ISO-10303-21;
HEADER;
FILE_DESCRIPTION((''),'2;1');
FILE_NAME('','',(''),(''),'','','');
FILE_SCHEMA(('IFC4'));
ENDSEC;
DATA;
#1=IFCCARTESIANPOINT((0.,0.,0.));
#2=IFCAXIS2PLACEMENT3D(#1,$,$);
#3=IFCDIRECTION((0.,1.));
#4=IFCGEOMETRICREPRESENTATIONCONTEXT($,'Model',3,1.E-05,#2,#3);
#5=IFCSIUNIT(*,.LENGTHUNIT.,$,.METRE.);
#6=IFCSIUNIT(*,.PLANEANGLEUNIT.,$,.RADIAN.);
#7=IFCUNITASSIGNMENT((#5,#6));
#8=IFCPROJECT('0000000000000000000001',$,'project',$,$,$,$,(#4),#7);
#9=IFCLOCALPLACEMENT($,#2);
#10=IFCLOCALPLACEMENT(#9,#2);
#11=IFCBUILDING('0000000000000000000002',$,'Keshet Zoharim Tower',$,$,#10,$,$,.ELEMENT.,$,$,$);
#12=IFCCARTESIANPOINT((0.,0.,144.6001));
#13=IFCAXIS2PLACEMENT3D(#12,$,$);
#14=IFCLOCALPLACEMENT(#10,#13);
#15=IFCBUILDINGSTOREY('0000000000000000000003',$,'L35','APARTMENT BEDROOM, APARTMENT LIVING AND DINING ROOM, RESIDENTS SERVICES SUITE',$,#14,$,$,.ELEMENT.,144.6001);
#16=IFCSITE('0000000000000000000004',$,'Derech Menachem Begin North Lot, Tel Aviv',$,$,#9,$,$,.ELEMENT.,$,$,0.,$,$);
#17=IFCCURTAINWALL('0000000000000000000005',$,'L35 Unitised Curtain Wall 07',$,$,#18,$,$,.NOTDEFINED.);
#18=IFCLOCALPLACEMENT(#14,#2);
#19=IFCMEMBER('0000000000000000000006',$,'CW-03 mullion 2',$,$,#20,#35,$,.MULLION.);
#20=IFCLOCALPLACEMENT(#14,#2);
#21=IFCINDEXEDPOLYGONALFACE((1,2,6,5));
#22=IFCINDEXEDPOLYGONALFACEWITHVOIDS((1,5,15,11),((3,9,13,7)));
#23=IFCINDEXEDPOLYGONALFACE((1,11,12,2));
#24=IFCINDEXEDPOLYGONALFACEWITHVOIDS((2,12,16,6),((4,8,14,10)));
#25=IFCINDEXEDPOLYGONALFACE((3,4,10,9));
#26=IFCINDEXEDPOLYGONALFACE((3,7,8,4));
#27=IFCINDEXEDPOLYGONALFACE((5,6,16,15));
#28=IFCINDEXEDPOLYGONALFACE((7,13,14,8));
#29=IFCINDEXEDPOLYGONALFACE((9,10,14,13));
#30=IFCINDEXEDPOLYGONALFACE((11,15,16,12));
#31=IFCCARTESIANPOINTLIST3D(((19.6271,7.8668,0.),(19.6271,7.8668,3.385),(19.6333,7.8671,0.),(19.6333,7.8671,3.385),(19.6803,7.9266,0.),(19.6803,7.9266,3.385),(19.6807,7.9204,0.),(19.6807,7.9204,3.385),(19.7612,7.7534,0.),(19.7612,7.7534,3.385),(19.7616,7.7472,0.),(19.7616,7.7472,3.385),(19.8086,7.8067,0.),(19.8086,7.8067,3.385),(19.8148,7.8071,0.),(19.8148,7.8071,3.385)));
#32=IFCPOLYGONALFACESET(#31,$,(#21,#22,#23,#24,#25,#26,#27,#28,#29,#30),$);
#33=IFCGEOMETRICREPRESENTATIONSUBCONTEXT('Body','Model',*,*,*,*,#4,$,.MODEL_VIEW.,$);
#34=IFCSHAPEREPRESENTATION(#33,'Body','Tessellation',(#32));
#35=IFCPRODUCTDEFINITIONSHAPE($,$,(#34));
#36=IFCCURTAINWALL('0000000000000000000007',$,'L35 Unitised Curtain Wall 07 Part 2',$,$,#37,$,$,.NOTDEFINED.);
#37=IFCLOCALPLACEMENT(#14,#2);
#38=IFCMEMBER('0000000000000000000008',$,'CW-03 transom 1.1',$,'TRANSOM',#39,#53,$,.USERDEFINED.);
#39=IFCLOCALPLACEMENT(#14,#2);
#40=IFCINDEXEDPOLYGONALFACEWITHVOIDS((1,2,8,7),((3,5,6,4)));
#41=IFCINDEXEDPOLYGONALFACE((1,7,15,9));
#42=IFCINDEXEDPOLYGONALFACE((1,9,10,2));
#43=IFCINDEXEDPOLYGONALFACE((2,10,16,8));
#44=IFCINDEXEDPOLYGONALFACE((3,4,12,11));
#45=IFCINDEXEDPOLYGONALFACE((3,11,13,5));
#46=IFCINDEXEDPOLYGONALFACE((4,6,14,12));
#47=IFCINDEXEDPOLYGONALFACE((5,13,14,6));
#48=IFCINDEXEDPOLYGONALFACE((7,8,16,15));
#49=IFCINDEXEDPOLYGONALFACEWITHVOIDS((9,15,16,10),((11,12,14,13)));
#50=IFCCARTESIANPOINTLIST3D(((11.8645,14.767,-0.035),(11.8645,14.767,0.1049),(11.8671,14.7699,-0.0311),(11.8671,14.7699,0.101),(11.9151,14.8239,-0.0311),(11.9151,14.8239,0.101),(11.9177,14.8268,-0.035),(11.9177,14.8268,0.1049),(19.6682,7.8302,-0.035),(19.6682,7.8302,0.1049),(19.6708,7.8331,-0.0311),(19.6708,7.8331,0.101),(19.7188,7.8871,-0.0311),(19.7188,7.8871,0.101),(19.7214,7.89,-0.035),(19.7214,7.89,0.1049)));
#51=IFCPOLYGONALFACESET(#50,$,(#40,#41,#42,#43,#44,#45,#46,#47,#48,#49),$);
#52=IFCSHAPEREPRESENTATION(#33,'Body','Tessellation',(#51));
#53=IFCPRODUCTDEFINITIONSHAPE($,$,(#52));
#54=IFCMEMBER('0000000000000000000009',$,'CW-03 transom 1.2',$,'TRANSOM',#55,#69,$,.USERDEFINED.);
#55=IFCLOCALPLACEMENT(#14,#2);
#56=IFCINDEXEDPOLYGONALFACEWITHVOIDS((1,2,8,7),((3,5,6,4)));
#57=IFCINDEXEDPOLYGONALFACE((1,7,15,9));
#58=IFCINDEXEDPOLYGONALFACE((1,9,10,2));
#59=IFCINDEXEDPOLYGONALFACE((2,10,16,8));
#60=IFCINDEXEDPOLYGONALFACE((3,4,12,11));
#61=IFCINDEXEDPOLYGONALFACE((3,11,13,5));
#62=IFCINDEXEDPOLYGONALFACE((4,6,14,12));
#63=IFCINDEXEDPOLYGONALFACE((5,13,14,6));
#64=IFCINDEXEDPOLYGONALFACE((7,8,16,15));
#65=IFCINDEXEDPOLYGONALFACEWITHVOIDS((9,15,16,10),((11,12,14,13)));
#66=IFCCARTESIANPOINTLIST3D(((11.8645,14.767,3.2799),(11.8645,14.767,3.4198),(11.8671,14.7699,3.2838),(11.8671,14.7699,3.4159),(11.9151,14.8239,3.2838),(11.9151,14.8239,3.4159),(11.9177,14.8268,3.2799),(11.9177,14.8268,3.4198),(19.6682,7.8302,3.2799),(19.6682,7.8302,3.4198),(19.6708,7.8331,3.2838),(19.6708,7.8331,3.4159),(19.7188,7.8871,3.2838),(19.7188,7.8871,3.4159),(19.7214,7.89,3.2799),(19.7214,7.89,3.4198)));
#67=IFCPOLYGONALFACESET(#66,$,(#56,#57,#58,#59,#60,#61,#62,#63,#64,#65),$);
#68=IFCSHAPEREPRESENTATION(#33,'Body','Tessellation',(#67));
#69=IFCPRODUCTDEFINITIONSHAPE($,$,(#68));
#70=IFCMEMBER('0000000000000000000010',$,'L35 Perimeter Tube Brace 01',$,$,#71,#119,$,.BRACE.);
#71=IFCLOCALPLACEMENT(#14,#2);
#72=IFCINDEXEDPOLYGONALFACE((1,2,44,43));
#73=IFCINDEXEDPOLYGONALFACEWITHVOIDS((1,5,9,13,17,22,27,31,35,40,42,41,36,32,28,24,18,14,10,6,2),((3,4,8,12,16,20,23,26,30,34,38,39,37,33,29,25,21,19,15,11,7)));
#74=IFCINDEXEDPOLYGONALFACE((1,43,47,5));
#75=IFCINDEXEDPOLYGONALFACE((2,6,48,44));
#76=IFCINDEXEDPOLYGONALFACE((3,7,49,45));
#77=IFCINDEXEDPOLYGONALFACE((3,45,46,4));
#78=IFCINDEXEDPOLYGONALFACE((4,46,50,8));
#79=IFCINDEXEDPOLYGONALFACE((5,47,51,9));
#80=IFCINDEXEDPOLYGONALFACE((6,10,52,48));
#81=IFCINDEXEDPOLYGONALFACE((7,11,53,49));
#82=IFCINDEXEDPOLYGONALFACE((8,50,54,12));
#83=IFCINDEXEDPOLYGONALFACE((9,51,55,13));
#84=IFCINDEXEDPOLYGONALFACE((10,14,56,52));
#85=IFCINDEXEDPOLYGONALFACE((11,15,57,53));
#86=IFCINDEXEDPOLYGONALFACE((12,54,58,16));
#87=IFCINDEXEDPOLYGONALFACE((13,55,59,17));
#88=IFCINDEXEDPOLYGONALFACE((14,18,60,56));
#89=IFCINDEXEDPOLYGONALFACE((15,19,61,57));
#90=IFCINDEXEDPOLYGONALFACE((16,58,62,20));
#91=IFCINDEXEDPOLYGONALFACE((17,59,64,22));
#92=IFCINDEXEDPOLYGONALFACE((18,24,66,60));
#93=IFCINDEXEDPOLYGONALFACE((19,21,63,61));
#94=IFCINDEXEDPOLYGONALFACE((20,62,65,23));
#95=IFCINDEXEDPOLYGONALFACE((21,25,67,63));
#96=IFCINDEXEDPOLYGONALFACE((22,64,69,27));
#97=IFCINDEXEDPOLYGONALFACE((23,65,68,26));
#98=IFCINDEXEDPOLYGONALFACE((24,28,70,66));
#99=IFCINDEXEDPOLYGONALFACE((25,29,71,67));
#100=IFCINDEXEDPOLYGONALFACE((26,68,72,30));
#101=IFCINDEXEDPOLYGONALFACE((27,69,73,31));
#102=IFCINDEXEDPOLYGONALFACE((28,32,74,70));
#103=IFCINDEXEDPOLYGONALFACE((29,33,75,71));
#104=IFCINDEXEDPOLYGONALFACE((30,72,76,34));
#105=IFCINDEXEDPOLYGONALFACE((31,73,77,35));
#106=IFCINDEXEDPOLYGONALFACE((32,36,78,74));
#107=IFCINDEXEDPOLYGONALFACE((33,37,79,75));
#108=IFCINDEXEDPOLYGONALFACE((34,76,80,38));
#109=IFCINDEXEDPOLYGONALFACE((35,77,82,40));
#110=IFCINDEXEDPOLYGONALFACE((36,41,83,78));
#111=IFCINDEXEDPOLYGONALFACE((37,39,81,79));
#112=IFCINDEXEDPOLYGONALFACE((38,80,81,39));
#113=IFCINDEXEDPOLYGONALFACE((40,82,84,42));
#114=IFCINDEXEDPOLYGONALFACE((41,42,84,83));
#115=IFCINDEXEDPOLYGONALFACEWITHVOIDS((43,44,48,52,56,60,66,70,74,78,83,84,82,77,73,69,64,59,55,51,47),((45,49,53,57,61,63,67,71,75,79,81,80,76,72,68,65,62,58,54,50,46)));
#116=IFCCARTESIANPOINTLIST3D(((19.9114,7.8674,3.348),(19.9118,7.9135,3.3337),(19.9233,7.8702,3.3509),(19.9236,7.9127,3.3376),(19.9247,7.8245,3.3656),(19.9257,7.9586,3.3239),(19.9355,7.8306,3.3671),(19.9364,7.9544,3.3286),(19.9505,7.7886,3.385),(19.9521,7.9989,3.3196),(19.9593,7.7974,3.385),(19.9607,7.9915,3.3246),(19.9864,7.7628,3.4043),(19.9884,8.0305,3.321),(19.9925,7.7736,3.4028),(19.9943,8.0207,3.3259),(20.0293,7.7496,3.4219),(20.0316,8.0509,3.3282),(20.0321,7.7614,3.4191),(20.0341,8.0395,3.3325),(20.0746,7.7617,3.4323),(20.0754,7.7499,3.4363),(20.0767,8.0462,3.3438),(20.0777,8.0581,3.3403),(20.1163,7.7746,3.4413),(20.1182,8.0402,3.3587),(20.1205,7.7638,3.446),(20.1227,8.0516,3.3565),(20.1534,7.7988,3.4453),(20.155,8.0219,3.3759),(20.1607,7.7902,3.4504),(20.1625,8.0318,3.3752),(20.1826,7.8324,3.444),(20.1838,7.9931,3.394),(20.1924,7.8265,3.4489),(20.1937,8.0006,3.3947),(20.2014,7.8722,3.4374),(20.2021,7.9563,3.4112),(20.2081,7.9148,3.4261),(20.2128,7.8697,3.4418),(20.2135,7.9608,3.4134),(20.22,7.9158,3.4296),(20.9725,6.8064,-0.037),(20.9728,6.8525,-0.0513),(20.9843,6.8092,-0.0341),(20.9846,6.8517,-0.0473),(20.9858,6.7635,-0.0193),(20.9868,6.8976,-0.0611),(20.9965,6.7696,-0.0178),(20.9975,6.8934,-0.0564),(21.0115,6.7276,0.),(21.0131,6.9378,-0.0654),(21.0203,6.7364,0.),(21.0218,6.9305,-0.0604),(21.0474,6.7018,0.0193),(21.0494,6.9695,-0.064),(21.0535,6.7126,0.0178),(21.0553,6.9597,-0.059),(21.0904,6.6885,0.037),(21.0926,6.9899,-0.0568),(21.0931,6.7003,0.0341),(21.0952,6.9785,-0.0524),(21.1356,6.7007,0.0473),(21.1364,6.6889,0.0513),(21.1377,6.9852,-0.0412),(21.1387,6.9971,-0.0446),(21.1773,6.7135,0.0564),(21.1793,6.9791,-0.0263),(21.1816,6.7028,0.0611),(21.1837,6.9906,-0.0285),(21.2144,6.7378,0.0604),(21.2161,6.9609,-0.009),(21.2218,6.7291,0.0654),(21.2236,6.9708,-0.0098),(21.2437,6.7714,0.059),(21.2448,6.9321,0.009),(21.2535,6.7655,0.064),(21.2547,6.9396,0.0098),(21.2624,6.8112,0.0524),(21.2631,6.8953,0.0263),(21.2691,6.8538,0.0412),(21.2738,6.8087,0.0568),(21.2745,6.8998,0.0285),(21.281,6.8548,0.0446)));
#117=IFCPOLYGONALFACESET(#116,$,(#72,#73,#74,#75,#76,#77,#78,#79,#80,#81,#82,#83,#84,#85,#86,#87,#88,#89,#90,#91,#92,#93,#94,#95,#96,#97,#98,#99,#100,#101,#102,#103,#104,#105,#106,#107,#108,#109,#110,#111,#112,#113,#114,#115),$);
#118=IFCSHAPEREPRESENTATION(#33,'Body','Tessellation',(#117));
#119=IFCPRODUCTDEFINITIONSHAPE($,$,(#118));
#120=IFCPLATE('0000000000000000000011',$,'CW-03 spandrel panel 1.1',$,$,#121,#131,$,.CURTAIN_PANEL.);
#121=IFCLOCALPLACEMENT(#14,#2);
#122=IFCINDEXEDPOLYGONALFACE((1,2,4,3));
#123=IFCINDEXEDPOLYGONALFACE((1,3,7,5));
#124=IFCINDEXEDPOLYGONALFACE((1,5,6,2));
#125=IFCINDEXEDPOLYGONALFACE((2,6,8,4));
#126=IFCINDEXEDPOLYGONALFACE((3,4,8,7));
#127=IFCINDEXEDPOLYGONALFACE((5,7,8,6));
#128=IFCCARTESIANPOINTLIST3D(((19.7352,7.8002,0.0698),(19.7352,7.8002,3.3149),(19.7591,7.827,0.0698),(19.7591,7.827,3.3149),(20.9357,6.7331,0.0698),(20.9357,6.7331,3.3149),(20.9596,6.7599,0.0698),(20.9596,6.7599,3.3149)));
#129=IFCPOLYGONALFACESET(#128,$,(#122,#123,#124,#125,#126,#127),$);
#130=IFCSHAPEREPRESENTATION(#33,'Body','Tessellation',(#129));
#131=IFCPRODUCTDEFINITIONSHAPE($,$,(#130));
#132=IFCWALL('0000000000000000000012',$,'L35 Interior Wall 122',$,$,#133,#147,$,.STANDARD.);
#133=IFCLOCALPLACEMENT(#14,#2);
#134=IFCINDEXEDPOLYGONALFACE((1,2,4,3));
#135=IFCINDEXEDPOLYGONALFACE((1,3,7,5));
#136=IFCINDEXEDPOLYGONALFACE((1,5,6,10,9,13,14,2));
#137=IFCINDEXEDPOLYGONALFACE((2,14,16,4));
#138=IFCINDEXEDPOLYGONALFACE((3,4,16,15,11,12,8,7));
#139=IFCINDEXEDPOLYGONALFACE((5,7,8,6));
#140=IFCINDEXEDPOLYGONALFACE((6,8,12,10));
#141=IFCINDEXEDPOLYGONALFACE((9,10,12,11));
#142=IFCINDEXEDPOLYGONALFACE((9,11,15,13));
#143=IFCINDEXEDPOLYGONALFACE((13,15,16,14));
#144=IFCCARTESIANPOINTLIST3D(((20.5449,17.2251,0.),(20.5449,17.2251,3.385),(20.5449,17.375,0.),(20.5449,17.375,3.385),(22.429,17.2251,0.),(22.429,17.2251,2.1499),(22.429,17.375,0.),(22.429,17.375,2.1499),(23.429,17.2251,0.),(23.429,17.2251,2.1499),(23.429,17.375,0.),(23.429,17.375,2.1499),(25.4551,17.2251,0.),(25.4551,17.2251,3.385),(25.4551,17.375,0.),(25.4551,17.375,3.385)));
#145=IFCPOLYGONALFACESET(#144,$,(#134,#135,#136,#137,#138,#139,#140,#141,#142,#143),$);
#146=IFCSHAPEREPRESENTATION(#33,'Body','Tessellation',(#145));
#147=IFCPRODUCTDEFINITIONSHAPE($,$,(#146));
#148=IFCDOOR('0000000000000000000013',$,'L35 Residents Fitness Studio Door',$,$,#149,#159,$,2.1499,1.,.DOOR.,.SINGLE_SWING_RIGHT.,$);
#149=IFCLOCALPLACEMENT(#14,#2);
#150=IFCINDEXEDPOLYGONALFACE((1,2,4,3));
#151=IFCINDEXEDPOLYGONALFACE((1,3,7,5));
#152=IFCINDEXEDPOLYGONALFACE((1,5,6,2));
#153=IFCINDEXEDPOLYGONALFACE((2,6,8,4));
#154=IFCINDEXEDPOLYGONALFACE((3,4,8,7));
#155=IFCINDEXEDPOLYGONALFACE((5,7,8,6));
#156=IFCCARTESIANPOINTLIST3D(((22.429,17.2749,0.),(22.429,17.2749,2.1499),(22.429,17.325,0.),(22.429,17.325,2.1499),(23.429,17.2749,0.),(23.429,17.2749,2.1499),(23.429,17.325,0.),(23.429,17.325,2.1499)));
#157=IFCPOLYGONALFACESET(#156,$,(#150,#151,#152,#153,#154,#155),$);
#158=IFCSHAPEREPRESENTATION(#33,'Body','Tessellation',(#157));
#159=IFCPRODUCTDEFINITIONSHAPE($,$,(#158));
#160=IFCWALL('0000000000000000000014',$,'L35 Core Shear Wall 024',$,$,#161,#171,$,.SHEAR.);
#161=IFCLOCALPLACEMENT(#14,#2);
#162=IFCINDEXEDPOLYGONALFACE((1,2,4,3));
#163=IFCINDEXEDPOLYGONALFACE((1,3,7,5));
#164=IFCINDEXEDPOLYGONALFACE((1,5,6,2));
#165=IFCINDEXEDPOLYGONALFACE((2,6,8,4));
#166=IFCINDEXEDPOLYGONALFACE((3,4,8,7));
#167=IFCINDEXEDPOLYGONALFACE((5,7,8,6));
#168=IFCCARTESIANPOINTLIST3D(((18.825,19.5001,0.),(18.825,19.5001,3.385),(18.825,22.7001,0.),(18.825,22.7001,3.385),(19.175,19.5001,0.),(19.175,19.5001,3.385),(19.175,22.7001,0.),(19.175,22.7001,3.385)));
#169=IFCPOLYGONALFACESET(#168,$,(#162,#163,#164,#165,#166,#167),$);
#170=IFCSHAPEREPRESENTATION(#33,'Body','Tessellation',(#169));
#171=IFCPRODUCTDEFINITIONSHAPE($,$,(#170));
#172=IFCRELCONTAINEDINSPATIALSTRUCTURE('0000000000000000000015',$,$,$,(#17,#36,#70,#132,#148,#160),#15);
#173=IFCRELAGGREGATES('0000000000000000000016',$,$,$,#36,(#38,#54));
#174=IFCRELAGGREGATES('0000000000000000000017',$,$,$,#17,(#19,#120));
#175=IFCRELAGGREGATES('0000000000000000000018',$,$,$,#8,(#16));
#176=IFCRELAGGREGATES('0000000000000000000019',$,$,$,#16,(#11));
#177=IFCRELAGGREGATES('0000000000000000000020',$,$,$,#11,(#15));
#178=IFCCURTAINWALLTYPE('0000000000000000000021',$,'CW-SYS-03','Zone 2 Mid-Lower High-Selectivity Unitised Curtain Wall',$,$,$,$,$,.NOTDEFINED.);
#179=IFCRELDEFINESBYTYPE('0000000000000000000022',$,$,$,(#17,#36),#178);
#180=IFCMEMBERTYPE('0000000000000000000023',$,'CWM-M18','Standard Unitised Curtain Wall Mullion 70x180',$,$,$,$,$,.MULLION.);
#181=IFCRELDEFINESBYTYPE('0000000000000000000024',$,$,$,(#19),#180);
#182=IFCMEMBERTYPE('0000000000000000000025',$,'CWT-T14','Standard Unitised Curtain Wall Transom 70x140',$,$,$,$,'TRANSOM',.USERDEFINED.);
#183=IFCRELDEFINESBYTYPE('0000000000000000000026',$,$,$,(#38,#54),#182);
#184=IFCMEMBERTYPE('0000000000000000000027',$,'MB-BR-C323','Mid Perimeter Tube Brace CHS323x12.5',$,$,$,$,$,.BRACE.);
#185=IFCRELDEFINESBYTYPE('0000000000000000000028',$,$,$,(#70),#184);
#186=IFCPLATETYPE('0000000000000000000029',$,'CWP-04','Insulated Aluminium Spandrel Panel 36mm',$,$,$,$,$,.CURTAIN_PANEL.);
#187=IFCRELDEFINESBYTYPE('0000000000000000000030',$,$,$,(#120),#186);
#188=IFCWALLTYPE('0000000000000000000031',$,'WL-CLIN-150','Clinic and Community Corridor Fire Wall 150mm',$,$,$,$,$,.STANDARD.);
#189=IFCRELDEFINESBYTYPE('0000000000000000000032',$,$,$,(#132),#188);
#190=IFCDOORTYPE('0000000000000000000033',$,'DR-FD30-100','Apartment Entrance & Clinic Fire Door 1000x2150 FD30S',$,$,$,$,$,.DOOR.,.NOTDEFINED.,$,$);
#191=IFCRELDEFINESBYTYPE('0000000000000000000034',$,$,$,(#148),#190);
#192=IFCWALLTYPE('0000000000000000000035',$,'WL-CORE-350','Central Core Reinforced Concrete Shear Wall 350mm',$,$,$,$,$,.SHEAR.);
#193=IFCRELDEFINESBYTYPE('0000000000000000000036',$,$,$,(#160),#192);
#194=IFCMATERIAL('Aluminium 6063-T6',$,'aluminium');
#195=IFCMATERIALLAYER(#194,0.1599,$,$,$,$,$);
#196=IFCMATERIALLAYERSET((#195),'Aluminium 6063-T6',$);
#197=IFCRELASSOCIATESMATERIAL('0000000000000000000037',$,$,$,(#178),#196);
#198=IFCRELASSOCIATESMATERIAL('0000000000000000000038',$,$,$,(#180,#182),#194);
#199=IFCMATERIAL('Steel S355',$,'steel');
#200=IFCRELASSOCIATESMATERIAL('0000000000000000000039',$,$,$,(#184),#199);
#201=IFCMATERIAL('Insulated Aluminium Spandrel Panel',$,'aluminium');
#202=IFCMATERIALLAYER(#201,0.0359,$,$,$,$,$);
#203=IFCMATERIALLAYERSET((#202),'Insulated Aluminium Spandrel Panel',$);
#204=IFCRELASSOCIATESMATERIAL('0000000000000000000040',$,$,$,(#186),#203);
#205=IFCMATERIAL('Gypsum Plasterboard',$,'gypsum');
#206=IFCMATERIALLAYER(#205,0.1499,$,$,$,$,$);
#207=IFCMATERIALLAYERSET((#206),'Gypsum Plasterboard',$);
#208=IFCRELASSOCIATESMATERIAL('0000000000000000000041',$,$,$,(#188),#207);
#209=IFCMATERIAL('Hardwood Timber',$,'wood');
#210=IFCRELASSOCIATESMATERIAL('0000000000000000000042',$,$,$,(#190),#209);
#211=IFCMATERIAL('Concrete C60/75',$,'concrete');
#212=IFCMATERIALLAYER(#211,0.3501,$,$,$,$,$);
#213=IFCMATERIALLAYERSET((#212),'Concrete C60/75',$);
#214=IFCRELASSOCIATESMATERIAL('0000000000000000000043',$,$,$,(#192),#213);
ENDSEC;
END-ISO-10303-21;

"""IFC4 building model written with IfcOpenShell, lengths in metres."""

from ifc_helpers import new_model, si_unit, direction, frame, frame_2d, origin, origin_2d, place, context, subcontext, project, spatial, rectangle, hollow_rectangle, hollow_circle, extrude, material, layer, layer_set, material_profile, profile_set, type_object, element, fill, aggregate, save


model = new_model("IFC4")

# Units and contexts
model_context = context("Model", 3, precision=1e-05, world=origin(), true_north=direction((0.0, 1.0)))
body_context = subcontext(model_context, "Body", "Model", "MODEL_VIEW")
ifc_project = project(units=[si_unit("LENGTHUNIT", "METRE"), si_unit("PLANEANGLEUNIT", "RADIAN")], contexts=[model_context])

# Site, building, storey
site_placement = place(None, origin())
site = spatial("IfcSite", under=ifc_project, at=site_placement, Name="Derech Menachem Begin North Lot, Tel Aviv", CompositionType="ELEMENT", RefElevation=0.0)
building_placement = place(site_placement, origin())
building = spatial("IfcBuilding", under=site, at=building_placement, Name="Keshet Zoharim Tower", CompositionType="ELEMENT")
storey_placement = place(building_placement, frame((0.0, 0.0, 144.6001)))
storey = spatial("IfcBuildingStorey", under=building, at=storey_placement, Name="L35", Description="APARTMENT BEDROOM, APARTMENT LIVING AND DINING ROOM, RESIDENTS SERVICES SUITE", CompositionType="ELEMENT", Elevation=144.6001)

# Curtain wall, member
ifc_material_1 = material(Name="Aluminium 6063-T6", Category="aluminium")
ifc_layer_1 = layer(ifc_material_1, 0.1599)
ifc_layer_set_1 = layer_set([ifc_layer_1], Name="Aluminium 6063-T6")
curtain_wall_type = type_object("IfcCurtainWallType", Name="CW-SYS-03", Description="Zone 2 Mid-Lower High-Selectivity Unitised Curtain Wall", PredefinedType="NOTDEFINED", material=ifc_layer_set_1)
curtain_wall_1_placement = place(storey_placement, origin())
curtain_wall_1 = element("IfcCurtainWall", 1, at=curtain_wall_1_placement, inside=storey, type_object=curtain_wall_type, Name="L35 Unitised Curtain Wall 07", PredefinedType="NOTDEFINED")
ifc_material_profile_1 = material_profile(ifc_material_1, hollow_rectangle(XDim=0.0801, YDim=0.1799, WallThickness=0.0044, at=origin_2d()), Name="MUL-80x180")
ifc_profile_set_1 = profile_set([ifc_material_profile_1], Name="Aluminium 6063-T6")
member_type_1 = type_object("IfcMemberType", Name="CWM-M18", Description="Standard Unitised Curtain Wall Mullion 70x180", PredefinedType="MULLION", material=ifc_profile_set_1)
member_1_placement = place(storey_placement, frame((19.7209, 7.8369, 0.0), z_axis=(0.0, 0.0, 1.0), x_axis=(-0.664367, -0.747406, 0.0)))
member_1 = element("IfcMember", 2, at=member_1_placement, type_object=member_type_1, Name="CW-03 mullion 2", PredefinedType="MULLION", context=body_context, shape_type="SweptSolid", body=[
    extrude(hollow_rectangle(XDim=0.0801, YDim=0.1799, WallThickness=0.0044, at=origin_2d()), origin(), (0.0, 0.0, 1.0), 3.385),
])

# Curtain wall, members
curtain_wall_2_placement = place(storey_placement, origin())
curtain_wall_2 = element("IfcCurtainWall", 3, at=curtain_wall_2_placement, inside=storey, type_object=curtain_wall_type, Name="L35 Unitised Curtain Wall 07 Part 2", PredefinedType="NOTDEFINED")
ifc_material_profile_2 = material_profile(ifc_material_1, hollow_rectangle(XDim=0.0801, YDim=0.1399, WallThickness=0.0039, at=origin_2d()), Name="TRN-80x140")
ifc_profile_set_2 = profile_set([ifc_material_profile_2], Name="Aluminium 6063-T6")
member_type_2 = type_object("IfcMemberType", Name="CWT-T14", Description="Standard Unitised Curtain Wall Transom 70x140", ElementType="TRANSOM", PredefinedType="USERDEFINED", material=ifc_profile_set_2)
member_2_placement = place(storey_placement, frame((19.6948, 7.8601, 0.0349), z_axis=(-0.747403, 0.664371, 0.0), x_axis=(-0.664371, -0.747403, 0.0)))
member_2 = element("IfcMember", 4, at=member_2_placement, type_object=member_type_2, Name="CW-03 transom 1.1", ObjectType="TRANSOM", PredefinedType="USERDEFINED", context=body_context, shape_type="SweptSolid", body=[
    extrude(hollow_rectangle(XDim=0.0801, YDim=0.1399, WallThickness=0.0039, at=origin_2d()), origin(), (0.0, 0.0, 1.0), 10.4412),
])
member_3_placement = place(storey_placement, frame((19.6948, 7.8601, 3.3499), z_axis=(-0.747403, 0.664371, 0.0), x_axis=(-0.664371, -0.747403, 0.0)))
member_3 = element("IfcMember", 5, at=member_3_placement, type_object=member_type_2, Name="CW-03 transom 1.2", ObjectType="TRANSOM", PredefinedType="USERDEFINED", context=body_context, shape_type="SweptSolid", body=[
    extrude(hollow_rectangle(XDim=0.0801, YDim=0.1399, WallThickness=0.0039, at=origin_2d()), origin(), (0.0, 0.0, 1.0), 10.4412),
])
aggregate(curtain_wall_2, [member_2, member_3])

# Member
ifc_material_2 = material(Name="Steel S355", Category="steel")
ifc_material_profile_3 = material_profile(ifc_material_2, hollow_circle(Radius=0.1619, WallThickness=0.0125, at=origin_2d()), Name="CHS323x12.5")
ifc_profile_set_3 = profile_set([ifc_material_profile_3], Name="Steel S355")
member_type_3 = type_object("IfcMemberType", Name="MB-BR-C323", Description="Mid Perimeter Tube Brace CHS323x12.5", PredefinedType="BRACE", material=ifc_profile_set_3)
member_4_placement = place(storey_placement, frame((21.126, 6.842, 0.0), z_axis=(-0.286558, 0.286558, 0.914204), x_axis=(-0.707107, -0.707107, 0.0)))
element("IfcMember", 6, at=member_4_placement, inside=storey, type_object=member_type_3, Name="L35 Perimeter Tube Brace 01", PredefinedType="BRACE", context=body_context, shape_type="SweptSolid", body=[
    extrude(hollow_circle(Radius=0.1619, WallThickness=0.0125, at=origin_2d()), origin(), (0.0, 0.0, 1.0), 3.7026),
])

# Plate
ifc_material_3 = material(Name="Insulated Aluminium Spandrel Panel", Category="aluminium")
ifc_layer_2 = layer(ifc_material_3, 0.0359)
ifc_layer_set_2 = layer_set([ifc_layer_2], Name="Insulated Aluminium Spandrel Panel")
plate_type = type_object("IfcPlateType", Name="CWP-04", Description="Insulated Aluminium Spandrel Panel 36mm", PredefinedType="CURTAIN_PANEL", material=ifc_layer_set_2)
plate_placement = place(storey_placement, frame((20.3474, 7.28, 0.0698), z_axis=(0.0, 0.0, 1.0), x_axis=(-0.747406, 0.664367, 0.0)))
plate = element("IfcPlate", 7, at=plate_placement, type_object=plate_type, Name="CW-03 spandrel panel 1.1", PredefinedType="CURTAIN_PANEL", context=body_context, shape_type="SweptSolid", body=[
    extrude(rectangle(XDim=1.6062, YDim=0.0359, at=origin_2d()), origin(), (0.0, 0.0, 1.0), 3.2451),
])
aggregate(curtain_wall_1, [member_1, plate])

# Wall, opening, door
ifc_material_4 = material(Name="Gypsum Plasterboard", Category="gypsum")
ifc_layer_3 = layer(ifc_material_4, 0.1499)
ifc_layer_set_3 = layer_set([ifc_layer_3], Name="Gypsum Plasterboard")
wall_type_1 = type_object("IfcWallType", Name="WL-CLIN-150", Description="Clinic and Community Corridor Fire Wall 150mm", PredefinedType="STANDARD", material=ifc_layer_set_3)
wall_1_placement = place(storey_placement, frame((20.5449, 17.3, 0.0), z_axis=(0.0, 0.0, 1.0), x_axis=(1.0, 0.0, 0.0)))
wall_1 = element("IfcWall", 8, at=wall_1_placement, inside=storey, type_object=wall_type_1, Name="L35 Interior Wall 122", PredefinedType="STANDARD", context=body_context, shape_type="SweptSolid", body=[
    extrude(rectangle(XDim=4.9102, YDim=0.1499, at=frame_2d((2.4551, 0.0))), origin(), (0.0, 0.0, 1.0), 3.385),
])
opening_1_placement = place(wall_1_placement, frame((1.884, 0.0, 0.0)))
opening_1 = element("IfcOpeningElement", 9, at=opening_1_placement, cuts=wall_1, PredefinedType="OPENING", context=body_context, shape_type="SweptSolid", body=[
    extrude(rectangle(XDim=1.0, YDim=2.1499, at=frame_2d((0.5, 1.075))), frame((0.0, 0.085, 0.0), z_axis=(0.0, -1.0, 0.0), x_axis=(1.0, 0.0, 0.0)), (0.0, 0.0, 1.0), 0.1699),
])
ifc_material_5 = material(Name="Hardwood Timber", Category="wood")
door_type_1 = type_object("IfcDoorType", Name="DR-FD30-100", Description="Apartment Entrance & Clinic Fire Door 1000x2150 FD30S", OperationType="NOTDEFINED", PredefinedType="DOOR", material=ifc_material_5)
door_1_placement = place(opening_1_placement, origin())
door_1 = element("IfcDoor", 10, at=door_1_placement, inside=storey, type_object=door_type_1, Name="L35 Residents Fitness Studio Door", OperationType="SINGLE_SWING_RIGHT", OverallHeight=2.1499, OverallWidth=1.0, PredefinedType="DOOR", context=body_context, shape_type="SweptSolid", body=[
    extrude(rectangle(XDim=1.0, YDim=2.1499, at=frame_2d((0.5, 1.075))), frame((0.0, 0.0249, 0.0), z_axis=(0.0, -1.0, 0.0), x_axis=(1.0, 0.0, 0.0)), (0.0, 0.0, 1.0), 0.05),
])
fill(opening_1, door_1)

# Wall
ifc_material_6 = material(Name="Concrete C60/75", Category="concrete")
ifc_layer_4 = layer(ifc_material_6, 0.3501)
ifc_layer_set_4 = layer_set([ifc_layer_4], Name="Concrete C60/75")
wall_type_2 = type_object("IfcWallType", Name="WL-CORE-350", Description="Central Core Reinforced Concrete Shear Wall 350mm", PredefinedType="SHEAR", material=ifc_layer_set_4)
wall_2_placement = place(storey_placement, frame((19.0, 19.5, 0.0), z_axis=(0.0, 0.0, 1.0), x_axis=(0.0, 1.0, 0.0)))
element("IfcWall", 11, at=wall_2_placement, inside=storey, type_object=wall_type_2, Name="L35 Core Shear Wall 024", PredefinedType="SHEAR", context=body_context, shape_type="SweptSolid", body=[
    extrude(rectangle(XDim=3.2, YDim=0.3501, at=frame_2d((1.6001, 0.0))), origin(), (0.0, 0.0, 1.0), 3.385),
])

save(model, "model.ifc")
